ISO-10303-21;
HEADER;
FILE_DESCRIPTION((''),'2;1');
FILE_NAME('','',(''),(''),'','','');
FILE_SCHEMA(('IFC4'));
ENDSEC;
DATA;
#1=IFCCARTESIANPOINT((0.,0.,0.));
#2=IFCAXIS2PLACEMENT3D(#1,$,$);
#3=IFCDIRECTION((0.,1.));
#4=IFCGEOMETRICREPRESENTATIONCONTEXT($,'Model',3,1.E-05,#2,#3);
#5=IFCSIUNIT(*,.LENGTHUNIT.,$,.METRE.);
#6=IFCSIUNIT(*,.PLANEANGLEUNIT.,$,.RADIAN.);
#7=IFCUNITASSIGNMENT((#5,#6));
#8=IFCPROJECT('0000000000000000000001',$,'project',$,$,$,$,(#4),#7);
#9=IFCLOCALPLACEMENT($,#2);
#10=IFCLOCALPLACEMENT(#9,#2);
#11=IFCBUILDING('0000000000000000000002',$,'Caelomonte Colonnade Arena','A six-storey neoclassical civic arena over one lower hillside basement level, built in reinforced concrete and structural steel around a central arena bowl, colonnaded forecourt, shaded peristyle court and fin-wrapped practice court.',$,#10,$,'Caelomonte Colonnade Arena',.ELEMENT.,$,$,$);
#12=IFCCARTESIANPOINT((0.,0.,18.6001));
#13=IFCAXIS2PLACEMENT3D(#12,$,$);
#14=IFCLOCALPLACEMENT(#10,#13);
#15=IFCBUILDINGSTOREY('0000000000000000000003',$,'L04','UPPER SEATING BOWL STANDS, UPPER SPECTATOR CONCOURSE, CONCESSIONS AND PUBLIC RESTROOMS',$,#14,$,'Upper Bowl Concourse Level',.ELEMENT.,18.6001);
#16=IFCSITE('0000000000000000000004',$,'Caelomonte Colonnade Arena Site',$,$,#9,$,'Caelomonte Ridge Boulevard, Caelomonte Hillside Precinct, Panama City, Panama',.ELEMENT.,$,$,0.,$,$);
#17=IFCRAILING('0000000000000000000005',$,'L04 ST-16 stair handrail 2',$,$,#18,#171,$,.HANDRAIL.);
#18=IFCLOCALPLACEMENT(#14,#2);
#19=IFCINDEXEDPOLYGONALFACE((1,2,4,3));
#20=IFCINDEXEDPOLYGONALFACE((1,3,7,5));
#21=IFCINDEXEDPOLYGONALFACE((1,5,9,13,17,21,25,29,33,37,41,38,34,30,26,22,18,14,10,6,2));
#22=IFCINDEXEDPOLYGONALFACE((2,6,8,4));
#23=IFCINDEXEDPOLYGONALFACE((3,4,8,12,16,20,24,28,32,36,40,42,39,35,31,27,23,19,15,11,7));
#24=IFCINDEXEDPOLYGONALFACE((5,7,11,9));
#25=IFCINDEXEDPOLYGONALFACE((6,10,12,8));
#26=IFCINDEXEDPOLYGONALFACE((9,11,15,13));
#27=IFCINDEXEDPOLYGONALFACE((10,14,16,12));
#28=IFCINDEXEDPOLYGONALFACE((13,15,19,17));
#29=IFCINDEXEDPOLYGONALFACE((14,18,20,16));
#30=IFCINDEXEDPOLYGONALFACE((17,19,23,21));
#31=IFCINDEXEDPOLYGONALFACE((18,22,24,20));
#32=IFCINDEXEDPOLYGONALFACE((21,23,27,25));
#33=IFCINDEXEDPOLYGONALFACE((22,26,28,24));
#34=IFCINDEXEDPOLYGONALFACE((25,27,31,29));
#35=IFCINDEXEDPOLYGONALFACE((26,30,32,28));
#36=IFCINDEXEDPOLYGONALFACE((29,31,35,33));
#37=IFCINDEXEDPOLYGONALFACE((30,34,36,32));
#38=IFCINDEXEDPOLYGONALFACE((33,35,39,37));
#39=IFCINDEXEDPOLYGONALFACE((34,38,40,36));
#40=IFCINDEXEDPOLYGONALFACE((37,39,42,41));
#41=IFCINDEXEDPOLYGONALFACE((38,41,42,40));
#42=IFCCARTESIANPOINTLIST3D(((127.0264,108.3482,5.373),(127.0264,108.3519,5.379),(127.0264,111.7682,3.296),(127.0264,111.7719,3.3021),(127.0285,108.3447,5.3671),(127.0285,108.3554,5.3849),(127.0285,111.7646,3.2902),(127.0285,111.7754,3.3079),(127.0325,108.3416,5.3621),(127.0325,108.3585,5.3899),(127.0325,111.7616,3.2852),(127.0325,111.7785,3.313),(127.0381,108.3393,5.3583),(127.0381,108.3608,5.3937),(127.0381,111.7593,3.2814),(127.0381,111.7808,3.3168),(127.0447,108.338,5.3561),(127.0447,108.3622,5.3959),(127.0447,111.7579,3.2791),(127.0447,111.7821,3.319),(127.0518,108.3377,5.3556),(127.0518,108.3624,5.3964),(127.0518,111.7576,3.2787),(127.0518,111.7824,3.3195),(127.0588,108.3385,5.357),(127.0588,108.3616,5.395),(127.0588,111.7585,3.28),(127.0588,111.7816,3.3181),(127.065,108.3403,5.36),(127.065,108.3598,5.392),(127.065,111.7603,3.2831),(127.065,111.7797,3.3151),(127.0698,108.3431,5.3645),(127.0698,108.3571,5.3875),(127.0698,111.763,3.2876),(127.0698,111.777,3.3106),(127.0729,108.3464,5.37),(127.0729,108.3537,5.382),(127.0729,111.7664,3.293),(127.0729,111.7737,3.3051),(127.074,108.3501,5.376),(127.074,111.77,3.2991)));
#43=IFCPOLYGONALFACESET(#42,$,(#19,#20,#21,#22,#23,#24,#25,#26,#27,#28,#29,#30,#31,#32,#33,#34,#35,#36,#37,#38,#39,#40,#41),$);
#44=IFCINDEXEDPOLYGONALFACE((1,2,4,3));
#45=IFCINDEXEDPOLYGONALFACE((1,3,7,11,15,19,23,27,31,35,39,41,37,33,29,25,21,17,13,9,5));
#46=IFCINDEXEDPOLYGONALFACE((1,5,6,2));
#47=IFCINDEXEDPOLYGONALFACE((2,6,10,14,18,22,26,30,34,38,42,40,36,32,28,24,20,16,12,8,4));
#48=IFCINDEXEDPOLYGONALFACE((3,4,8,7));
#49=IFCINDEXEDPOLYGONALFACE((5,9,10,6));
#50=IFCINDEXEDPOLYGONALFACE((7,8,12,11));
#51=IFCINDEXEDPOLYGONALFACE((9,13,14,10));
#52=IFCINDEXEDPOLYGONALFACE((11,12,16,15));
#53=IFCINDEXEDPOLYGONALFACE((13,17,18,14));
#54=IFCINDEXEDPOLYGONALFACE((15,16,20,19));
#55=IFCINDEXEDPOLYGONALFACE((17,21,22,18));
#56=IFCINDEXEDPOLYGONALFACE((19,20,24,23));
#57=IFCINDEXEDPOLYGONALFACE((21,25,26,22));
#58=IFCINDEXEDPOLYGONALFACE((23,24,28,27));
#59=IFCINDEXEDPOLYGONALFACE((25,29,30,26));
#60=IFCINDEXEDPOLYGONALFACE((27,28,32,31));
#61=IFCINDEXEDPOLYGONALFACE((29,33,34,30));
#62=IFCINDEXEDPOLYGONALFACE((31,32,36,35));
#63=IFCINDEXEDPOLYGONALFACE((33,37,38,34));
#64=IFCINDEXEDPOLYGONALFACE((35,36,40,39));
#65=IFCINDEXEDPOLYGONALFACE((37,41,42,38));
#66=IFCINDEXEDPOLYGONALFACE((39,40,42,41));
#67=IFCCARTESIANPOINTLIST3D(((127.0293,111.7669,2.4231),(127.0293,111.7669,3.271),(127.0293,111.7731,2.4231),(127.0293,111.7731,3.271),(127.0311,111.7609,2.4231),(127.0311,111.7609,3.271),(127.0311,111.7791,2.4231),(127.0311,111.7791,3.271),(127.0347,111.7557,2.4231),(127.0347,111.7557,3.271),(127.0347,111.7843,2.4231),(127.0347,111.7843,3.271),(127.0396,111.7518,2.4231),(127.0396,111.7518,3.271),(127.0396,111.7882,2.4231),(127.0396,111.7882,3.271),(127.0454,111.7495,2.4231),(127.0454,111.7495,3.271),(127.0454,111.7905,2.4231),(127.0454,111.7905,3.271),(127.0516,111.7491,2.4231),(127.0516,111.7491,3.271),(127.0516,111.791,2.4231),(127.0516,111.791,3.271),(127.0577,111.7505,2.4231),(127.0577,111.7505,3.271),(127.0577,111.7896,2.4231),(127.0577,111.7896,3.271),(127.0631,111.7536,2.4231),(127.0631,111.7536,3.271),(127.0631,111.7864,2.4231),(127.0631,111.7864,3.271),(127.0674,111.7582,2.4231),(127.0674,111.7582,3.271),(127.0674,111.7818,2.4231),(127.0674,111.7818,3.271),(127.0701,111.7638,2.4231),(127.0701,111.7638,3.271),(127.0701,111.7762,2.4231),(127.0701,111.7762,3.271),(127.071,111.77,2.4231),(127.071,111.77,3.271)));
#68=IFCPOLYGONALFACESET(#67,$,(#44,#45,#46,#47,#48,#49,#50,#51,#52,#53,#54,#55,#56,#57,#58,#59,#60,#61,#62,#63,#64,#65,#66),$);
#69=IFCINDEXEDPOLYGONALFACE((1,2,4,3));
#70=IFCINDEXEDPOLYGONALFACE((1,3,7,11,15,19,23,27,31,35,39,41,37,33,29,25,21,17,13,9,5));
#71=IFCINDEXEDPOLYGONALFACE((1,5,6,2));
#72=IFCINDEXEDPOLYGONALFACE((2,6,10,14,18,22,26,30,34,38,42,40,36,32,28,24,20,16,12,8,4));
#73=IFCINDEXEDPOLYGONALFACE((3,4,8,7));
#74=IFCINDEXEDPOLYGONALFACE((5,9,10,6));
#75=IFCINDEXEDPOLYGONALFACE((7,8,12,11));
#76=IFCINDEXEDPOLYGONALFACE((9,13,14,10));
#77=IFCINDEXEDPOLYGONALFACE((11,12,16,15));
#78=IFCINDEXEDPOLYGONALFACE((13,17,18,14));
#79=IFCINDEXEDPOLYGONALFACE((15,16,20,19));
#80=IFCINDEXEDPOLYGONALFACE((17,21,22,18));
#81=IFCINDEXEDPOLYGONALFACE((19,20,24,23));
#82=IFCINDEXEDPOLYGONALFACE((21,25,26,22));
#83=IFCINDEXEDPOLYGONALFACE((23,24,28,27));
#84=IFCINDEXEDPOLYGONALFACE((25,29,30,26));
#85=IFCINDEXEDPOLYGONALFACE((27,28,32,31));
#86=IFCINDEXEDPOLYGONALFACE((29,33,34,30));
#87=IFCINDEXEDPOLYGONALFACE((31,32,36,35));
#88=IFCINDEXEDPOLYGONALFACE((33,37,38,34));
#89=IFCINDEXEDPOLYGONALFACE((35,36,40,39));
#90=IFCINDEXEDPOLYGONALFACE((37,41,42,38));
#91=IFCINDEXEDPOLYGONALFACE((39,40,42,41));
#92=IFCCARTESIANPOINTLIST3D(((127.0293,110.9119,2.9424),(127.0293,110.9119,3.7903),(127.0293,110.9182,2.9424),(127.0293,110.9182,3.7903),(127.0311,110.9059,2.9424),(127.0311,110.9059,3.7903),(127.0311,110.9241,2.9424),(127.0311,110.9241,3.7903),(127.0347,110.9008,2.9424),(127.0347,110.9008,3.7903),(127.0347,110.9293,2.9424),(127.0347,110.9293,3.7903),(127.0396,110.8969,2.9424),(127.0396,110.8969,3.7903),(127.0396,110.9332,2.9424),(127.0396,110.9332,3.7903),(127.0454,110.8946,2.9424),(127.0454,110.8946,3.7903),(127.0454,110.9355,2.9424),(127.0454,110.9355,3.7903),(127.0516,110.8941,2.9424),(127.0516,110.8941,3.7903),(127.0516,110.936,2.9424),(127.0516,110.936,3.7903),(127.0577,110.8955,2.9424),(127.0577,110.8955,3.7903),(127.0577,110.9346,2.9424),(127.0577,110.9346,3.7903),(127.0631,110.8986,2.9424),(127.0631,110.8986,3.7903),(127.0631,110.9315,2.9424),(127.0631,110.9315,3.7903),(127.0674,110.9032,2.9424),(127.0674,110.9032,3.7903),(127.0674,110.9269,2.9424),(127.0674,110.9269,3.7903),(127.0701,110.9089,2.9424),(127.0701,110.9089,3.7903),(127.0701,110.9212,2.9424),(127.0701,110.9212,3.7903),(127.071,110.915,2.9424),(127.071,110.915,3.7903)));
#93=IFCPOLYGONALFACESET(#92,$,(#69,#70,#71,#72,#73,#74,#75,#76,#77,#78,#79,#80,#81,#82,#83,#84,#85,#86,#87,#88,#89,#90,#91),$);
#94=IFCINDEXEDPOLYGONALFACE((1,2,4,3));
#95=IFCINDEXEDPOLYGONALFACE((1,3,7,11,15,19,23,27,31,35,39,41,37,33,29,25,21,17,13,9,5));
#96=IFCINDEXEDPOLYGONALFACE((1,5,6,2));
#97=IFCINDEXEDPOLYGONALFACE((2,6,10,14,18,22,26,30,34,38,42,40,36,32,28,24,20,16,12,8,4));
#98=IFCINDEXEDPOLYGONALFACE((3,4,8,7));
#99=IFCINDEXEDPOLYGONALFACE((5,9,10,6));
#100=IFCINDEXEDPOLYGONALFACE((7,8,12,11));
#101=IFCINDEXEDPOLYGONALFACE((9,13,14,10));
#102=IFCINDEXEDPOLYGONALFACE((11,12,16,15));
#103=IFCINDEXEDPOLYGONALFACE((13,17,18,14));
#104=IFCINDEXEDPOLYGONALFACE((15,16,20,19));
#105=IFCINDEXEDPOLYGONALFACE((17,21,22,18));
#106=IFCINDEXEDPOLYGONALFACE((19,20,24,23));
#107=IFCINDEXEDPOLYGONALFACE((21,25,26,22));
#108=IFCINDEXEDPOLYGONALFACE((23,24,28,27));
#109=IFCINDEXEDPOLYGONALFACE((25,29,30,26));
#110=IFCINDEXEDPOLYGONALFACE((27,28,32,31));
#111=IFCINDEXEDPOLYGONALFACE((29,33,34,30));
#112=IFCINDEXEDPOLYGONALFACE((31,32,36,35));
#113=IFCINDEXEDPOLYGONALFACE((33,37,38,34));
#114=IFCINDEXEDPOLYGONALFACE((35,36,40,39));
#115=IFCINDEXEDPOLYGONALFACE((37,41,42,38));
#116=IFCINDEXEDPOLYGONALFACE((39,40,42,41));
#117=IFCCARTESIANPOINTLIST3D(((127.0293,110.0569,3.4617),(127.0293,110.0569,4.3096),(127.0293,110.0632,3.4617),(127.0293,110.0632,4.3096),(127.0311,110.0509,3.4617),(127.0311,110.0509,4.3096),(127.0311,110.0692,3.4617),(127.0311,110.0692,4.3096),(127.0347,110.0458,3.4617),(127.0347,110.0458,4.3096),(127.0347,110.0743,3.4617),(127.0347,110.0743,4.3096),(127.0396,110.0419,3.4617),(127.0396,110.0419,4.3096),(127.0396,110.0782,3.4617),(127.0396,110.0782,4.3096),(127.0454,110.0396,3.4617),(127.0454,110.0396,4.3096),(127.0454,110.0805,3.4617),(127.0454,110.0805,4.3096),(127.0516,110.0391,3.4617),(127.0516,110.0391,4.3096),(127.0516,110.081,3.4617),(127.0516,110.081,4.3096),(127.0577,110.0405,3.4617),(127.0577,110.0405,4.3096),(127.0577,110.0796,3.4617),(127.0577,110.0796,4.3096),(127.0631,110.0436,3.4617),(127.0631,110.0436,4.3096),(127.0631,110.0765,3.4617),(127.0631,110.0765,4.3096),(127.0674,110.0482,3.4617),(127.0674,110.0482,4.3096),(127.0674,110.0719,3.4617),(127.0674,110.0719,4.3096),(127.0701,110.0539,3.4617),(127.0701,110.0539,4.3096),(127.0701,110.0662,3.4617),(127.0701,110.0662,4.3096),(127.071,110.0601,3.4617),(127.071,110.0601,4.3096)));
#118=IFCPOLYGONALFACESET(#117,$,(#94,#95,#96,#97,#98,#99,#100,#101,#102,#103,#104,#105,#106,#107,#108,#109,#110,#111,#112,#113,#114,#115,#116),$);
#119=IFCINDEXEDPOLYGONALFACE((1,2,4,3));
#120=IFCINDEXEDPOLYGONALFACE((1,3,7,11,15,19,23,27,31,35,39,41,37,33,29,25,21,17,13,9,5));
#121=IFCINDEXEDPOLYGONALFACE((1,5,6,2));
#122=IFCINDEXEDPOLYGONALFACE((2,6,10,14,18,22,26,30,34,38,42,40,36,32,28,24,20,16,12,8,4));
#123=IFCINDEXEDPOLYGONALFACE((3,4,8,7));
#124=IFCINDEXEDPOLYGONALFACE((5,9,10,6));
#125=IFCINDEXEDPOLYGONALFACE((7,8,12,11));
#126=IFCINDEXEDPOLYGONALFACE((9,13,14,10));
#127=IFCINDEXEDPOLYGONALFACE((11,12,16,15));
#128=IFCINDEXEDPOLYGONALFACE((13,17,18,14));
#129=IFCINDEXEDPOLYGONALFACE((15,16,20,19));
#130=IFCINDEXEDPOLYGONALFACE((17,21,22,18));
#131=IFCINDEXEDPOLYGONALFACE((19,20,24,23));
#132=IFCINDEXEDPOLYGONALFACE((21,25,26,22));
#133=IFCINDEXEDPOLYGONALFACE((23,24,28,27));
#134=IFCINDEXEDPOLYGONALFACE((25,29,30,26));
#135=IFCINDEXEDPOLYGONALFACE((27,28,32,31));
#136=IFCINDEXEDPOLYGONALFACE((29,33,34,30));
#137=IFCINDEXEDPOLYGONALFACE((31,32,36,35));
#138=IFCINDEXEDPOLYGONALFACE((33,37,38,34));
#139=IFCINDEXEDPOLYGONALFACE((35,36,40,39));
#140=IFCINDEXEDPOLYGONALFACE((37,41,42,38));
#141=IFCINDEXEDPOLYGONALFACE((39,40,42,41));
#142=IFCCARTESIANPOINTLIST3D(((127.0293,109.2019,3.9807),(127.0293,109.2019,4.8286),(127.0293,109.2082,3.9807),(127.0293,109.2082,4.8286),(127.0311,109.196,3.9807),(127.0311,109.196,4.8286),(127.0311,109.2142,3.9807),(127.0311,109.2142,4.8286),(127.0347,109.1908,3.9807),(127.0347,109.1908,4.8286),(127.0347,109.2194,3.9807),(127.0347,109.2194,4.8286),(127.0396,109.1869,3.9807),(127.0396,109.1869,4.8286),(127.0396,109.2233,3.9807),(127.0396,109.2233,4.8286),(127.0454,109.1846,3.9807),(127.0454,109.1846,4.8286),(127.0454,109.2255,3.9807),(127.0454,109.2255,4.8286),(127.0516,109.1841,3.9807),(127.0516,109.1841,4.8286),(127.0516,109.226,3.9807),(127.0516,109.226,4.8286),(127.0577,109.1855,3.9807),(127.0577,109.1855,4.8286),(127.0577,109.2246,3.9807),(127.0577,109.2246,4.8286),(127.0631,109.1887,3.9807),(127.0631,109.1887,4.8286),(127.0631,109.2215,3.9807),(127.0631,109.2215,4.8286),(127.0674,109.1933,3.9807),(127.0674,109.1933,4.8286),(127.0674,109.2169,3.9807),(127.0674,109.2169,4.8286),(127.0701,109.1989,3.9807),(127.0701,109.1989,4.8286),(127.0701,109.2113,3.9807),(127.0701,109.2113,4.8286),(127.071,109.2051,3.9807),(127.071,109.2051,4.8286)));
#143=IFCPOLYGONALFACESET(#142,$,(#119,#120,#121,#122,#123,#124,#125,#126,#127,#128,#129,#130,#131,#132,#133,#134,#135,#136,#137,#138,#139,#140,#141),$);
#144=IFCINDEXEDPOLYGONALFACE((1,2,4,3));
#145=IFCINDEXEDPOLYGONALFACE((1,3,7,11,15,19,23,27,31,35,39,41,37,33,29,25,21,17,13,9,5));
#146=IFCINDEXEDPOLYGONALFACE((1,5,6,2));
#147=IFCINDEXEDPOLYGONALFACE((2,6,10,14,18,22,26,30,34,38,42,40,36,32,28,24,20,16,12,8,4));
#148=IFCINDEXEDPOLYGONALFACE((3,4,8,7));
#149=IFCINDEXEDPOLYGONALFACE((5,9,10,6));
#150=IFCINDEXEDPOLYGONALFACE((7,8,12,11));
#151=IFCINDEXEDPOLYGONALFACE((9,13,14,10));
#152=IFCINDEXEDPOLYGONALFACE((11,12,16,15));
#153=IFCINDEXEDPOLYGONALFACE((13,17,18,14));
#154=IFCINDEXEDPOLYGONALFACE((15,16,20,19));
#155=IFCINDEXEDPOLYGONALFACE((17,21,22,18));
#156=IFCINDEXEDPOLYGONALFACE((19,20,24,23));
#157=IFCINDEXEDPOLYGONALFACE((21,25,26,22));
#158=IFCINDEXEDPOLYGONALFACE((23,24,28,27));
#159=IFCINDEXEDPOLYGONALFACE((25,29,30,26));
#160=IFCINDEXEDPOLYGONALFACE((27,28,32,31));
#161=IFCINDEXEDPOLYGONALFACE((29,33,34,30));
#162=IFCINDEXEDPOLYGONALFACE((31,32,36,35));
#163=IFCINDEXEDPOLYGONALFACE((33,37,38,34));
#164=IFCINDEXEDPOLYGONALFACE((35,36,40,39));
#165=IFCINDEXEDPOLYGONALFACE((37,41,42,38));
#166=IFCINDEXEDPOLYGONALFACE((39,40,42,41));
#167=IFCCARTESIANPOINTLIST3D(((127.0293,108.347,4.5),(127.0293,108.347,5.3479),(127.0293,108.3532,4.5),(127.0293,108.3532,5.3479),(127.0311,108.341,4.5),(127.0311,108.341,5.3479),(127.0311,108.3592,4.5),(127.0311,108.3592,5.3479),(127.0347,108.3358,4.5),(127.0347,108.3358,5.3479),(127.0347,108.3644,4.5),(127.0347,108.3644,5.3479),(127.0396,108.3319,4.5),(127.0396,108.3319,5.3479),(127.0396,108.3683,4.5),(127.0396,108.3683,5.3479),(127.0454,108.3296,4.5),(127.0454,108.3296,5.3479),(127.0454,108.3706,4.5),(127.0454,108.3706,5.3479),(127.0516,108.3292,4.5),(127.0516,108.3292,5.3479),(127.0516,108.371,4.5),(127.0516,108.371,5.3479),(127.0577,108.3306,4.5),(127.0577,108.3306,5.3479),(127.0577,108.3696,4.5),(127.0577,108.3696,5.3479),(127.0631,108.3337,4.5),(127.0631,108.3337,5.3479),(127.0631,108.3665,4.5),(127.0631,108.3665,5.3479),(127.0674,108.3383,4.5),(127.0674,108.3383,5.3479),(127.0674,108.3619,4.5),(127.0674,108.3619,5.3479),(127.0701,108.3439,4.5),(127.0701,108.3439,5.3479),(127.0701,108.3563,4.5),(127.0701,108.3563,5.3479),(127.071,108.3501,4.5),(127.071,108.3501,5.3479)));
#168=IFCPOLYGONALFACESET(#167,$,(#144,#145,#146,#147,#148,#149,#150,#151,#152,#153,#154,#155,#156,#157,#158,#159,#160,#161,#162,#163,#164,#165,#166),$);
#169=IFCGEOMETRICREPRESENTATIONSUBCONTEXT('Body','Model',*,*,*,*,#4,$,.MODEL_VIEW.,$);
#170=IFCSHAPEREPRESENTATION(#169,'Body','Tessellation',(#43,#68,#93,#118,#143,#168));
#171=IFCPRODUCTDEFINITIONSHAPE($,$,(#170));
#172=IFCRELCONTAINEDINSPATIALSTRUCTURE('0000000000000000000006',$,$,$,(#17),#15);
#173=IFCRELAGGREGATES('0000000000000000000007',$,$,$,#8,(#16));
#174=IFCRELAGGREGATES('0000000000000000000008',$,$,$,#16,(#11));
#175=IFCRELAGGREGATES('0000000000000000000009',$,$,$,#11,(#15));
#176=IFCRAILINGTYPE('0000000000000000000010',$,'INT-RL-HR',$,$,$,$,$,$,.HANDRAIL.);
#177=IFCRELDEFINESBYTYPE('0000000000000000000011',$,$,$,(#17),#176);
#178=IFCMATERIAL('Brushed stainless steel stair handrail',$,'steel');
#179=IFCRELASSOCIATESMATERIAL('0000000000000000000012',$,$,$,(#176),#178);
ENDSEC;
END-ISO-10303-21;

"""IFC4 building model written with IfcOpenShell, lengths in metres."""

from ifc_helpers import new_model, si_unit, direction, frame, origin, origin_2d, place, context, subcontext, project, spatial, circle, extrude, material, type_object, element, save


model = new_model("IFC4")

# Units and contexts
model_context = context("Model", 3, precision=1e-05, world=origin(), true_north=direction((0.0, 1.0)))
body_context = subcontext(model_context, "Body", "Model", "MODEL_VIEW")
ifc_project = project(units=[si_unit("LENGTHUNIT", "METRE"), si_unit("PLANEANGLEUNIT", "RADIAN")], contexts=[model_context])

# Site, building, storey
site_placement = place(None, origin())
site = spatial("IfcSite", under=ifc_project, at=site_placement, Name="Caelomonte Colonnade Arena Site", LongName="Caelomonte Ridge Boulevard, Caelomonte Hillside Precinct, Panama City, Panama", CompositionType="ELEMENT", RefElevation=0.0)
building_placement = place(site_placement, origin())
building = spatial("IfcBuilding", under=site, at=building_placement, Name="Caelomonte Colonnade Arena", Description="A six-storey neoclassical civic arena over one lower hillside basement level, built in reinforced concrete and structural steel around a central arena bowl, colonnaded forecourt, shaded peristyle court and fin-wrapped practice court.", LongName="Caelomonte Colonnade Arena", CompositionType="ELEMENT")
storey_placement = place(building_placement, frame((0.0, 0.0, 18.6001)))
storey = spatial("IfcBuildingStorey", under=building, at=storey_placement, Name="L04", Description="UPPER SEATING BOWL STANDS, UPPER SPECTATOR CONCOURSE, CONCESSIONS AND PUBLIC RESTROOMS", LongName="Upper Bowl Concourse Level", CompositionType="ELEMENT", Elevation=18.6001)

# Railing
ifc_material_1 = material(Name="Brushed stainless steel stair handrail", Category="steel")
railing_type_1 = type_object("IfcRailingType", Name="INT-RL-HR", PredefinedType="HANDRAIL", material=ifc_material_1)
railing_1_placement = place(storey_placement, frame((127.05, 111.77, 2.4231)))
element("IfcRailing", 1, at=railing_1_placement, inside=storey, type_object=railing_type_1, Name="L04 ST-16 stair handrail 2", PredefinedType="HANDRAIL", context=body_context, shape_type="SweptSolid", body=[
    extrude(circle(Radius=0.0239, at=origin_2d()), frame((0.0, 0.0, 0.876), z_axis=(0.0, -0.85473, 0.519074), x_axis=(1.0, 0.0, 0.0)), (0.0, 0.0, 1.0), 4.0012),
    extrude(circle(Radius=0.021, at=origin_2d()), origin(), (0.0, 0.0, 1.0), 0.8479),
    extrude(circle(Radius=0.021, at=origin_2d()), frame((0.0, -0.855, 0.5193)), (0.0, 0.0, 1.0), 0.8479),
    extrude(circle(Radius=0.021, at=origin_2d()), frame((0.0, -1.71, 1.0386)), (0.0, 0.0, 1.0), 0.8479),
    extrude(circle(Radius=0.021, at=origin_2d()), frame((0.0, -2.5649, 1.5576)), (0.0, 0.0, 1.0), 0.8479),
    extrude(circle(Radius=0.021, at=origin_2d()), frame((0.0, -3.4199, 2.0769)), (0.0, 0.0, 1.0), 0.8479),
])

save(model, "model.ifc")
